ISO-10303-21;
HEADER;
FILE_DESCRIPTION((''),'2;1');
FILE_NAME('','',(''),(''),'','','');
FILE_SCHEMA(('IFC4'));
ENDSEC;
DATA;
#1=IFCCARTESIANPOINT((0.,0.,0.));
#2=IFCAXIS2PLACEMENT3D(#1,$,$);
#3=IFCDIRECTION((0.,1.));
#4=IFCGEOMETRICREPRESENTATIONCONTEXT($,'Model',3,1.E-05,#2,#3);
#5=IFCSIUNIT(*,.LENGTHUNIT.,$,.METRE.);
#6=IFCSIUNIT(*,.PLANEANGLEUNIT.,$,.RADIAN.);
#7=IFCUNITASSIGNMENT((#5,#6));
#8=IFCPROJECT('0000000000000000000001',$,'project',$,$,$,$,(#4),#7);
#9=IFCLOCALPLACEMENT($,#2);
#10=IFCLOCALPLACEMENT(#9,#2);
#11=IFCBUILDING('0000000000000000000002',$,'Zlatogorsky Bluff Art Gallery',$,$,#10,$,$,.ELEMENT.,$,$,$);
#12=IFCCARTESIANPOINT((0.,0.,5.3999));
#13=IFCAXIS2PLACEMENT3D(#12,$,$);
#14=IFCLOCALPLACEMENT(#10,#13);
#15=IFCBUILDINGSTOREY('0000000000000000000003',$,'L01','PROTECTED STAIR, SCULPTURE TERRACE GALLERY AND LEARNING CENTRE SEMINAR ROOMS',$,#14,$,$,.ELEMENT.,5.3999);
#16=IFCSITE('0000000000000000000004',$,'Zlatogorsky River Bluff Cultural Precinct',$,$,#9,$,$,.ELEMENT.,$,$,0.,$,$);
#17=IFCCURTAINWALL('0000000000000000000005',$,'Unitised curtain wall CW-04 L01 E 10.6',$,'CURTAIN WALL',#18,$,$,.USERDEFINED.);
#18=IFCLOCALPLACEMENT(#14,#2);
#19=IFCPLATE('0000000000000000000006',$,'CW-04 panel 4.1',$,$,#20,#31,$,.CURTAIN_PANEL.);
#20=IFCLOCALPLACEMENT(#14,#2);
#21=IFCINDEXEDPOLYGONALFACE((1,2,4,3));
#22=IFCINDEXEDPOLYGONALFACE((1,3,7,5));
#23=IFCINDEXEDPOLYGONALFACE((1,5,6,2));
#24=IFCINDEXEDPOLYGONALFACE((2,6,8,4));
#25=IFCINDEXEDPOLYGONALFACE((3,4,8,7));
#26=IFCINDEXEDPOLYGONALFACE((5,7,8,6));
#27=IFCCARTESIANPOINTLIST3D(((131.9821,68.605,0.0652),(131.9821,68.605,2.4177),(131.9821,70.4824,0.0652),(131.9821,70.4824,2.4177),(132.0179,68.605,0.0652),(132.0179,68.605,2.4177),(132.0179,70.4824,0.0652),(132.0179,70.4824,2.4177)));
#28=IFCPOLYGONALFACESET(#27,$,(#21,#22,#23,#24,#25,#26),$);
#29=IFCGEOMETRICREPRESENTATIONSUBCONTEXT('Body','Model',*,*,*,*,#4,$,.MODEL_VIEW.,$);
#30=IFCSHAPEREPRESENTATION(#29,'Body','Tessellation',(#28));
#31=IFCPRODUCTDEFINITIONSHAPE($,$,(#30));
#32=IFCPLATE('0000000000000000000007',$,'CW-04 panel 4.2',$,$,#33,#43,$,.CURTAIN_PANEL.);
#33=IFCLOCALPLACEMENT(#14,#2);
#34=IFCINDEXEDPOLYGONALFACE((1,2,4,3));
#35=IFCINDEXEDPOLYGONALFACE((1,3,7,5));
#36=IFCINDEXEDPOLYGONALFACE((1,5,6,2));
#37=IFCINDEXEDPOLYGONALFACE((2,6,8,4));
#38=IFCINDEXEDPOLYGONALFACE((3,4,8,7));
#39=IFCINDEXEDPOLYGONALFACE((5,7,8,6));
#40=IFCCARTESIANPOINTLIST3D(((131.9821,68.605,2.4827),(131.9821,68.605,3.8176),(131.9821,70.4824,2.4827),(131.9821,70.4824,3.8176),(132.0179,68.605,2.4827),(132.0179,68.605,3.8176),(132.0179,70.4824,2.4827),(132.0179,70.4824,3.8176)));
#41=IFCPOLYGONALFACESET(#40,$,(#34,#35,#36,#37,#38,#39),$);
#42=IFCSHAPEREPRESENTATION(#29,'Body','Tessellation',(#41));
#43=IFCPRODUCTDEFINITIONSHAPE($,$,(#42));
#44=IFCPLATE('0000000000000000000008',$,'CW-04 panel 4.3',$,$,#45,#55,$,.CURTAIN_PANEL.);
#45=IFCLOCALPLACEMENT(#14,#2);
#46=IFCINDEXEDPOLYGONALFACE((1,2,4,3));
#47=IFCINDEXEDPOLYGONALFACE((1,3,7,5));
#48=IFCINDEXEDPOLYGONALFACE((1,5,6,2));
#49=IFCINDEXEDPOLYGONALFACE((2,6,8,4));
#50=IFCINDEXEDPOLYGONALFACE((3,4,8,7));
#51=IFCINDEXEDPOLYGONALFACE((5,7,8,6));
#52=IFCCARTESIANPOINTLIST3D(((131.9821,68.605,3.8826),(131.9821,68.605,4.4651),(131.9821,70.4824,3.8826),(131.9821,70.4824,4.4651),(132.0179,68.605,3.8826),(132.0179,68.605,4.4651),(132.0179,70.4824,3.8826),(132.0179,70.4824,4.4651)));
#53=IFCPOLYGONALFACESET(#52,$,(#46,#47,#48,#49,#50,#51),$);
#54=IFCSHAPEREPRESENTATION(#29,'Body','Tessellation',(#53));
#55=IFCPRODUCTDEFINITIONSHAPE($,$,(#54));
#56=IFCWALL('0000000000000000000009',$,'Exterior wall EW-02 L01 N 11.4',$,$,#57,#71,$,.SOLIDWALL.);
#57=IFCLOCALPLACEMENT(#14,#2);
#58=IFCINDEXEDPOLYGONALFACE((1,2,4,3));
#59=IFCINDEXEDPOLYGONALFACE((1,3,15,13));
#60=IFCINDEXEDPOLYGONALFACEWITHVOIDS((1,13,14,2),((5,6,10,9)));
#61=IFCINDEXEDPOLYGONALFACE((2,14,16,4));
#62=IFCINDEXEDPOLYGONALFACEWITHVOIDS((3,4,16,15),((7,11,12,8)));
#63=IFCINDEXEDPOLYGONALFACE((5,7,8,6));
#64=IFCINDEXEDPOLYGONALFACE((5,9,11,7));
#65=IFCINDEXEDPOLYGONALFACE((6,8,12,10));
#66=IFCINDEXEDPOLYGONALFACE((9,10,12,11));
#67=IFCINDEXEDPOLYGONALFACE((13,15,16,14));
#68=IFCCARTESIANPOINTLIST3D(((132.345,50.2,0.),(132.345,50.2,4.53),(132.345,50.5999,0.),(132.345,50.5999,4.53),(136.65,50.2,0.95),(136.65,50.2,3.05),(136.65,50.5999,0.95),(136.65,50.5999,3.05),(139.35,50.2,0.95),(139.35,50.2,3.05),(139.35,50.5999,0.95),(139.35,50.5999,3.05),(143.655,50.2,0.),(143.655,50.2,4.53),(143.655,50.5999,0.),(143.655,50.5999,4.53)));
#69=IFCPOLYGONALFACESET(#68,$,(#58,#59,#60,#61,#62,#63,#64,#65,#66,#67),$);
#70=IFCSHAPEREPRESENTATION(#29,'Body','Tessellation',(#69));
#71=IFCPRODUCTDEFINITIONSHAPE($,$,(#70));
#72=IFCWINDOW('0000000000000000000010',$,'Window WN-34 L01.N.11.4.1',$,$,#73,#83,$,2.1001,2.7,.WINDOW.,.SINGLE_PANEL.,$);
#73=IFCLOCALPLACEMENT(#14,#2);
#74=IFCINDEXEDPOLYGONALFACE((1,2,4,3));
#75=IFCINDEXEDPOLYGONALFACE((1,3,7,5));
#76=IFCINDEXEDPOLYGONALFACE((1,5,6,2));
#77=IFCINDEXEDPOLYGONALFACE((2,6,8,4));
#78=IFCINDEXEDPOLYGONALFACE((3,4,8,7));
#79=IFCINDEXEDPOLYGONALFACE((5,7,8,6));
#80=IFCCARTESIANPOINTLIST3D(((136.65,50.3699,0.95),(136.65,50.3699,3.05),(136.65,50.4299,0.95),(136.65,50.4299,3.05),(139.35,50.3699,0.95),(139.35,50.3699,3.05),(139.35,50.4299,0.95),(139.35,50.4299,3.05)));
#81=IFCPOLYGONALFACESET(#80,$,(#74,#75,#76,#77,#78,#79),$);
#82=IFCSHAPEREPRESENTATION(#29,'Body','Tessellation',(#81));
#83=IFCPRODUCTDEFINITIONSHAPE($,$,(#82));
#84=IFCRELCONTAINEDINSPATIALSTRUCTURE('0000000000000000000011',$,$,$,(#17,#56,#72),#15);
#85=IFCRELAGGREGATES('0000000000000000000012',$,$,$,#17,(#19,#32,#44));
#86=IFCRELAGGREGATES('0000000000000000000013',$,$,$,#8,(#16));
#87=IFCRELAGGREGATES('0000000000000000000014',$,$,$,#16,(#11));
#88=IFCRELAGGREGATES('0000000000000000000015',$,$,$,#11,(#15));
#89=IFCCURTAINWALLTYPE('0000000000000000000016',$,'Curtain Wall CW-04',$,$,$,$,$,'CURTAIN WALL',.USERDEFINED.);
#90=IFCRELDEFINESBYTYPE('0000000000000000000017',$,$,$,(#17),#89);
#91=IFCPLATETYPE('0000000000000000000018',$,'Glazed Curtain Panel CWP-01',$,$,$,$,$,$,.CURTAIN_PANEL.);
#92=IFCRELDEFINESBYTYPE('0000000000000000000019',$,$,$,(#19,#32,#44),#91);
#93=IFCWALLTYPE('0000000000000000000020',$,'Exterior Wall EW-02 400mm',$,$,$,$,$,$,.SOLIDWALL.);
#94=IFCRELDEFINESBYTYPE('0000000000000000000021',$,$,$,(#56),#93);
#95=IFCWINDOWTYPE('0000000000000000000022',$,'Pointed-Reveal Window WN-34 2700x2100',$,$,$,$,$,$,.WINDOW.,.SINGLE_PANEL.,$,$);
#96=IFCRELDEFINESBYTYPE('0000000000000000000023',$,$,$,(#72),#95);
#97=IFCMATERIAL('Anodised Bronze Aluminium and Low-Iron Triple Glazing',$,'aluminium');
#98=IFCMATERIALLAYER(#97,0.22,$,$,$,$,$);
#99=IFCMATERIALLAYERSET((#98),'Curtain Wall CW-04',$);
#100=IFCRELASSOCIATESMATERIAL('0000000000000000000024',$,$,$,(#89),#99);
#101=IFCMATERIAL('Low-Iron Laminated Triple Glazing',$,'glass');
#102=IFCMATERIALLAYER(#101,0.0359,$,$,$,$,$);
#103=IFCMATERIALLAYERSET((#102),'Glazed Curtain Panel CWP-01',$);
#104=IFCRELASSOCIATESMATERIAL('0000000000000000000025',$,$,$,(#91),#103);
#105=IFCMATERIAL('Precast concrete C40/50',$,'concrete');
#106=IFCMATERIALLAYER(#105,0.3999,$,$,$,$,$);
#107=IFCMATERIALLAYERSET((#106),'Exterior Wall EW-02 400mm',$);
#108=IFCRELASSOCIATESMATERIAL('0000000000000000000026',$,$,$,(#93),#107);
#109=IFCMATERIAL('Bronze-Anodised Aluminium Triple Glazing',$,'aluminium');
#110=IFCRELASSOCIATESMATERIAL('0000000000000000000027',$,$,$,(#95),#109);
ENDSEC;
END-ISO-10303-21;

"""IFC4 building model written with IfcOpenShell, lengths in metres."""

from ifc_helpers import new_model, si_unit, direction, frame, frame_2d, origin, origin_2d, place, context, subcontext, project, spatial, rectangle, extrude, material, layer, layer_set, type_object, element, fill, aggregate, save


model = new_model("IFC4")

# Units and contexts
model_context = context("Model", 3, precision=1e-05, world=origin(), true_north=direction((0.0, 1.0)))
body_context = subcontext(model_context, "Body", "Model", "MODEL_VIEW")
ifc_project = project(units=[si_unit("LENGTHUNIT", "METRE"), si_unit("PLANEANGLEUNIT", "RADIAN")], contexts=[model_context])

# Site, building, storey
site_placement = place(None, origin())
site = spatial("IfcSite", under=ifc_project, at=site_placement, Name="Zlatogorsky River Bluff Cultural Precinct", CompositionType="ELEMENT", RefElevation=0.0)
building_placement = place(site_placement, origin())
building = spatial("IfcBuilding", under=site, at=building_placement, Name="Zlatogorsky Bluff Art Gallery", CompositionType="ELEMENT")
storey_placement = place(building_placement, frame((0.0, 0.0, 5.3999)))
storey = spatial("IfcBuildingStorey", under=building, at=storey_placement, Name="L01", Description="PROTECTED STAIR, SCULPTURE TERRACE GALLERY AND LEARNING CENTRE SEMINAR ROOMS", CompositionType="ELEMENT", Elevation=5.3999)

# Curtain wall, plates
ifc_material_1 = material(Name="Anodised Bronze Aluminium and Low-Iron Triple Glazing", Category="aluminium")
ifc_layer_1 = layer(ifc_material_1, 0.22)
ifc_layer_set_1 = layer_set([ifc_layer_1], Name="Curtain Wall CW-04")
curtain_wall_type = type_object("IfcCurtainWallType", Name="Curtain Wall CW-04", ElementType="CURTAIN WALL", PredefinedType="USERDEFINED", material=ifc_layer_set_1)
curtain_wall_placement = place(storey_placement, origin())
curtain_wall = element("IfcCurtainWall", 1, at=curtain_wall_placement, inside=storey, type_object=curtain_wall_type, Name="Unitised curtain wall CW-04 L01 E 10.6", ObjectType="CURTAIN WALL", PredefinedType="USERDEFINED")
ifc_material_2 = material(Name="Low-Iron Laminated Triple Glazing", Category="glass")
ifc_layer_2 = layer(ifc_material_2, 0.0359)
ifc_layer_set_2 = layer_set([ifc_layer_2], Name="Glazed Curtain Panel CWP-01")
plate_type = type_object("IfcPlateType", Name="Glazed Curtain Panel CWP-01", PredefinedType="CURTAIN_PANEL", material=ifc_layer_set_2)
plate_1_placement = place(storey_placement, frame((132.0, 69.5437, 0.0652), z_axis=(0.0, 0.0, 1.0), x_axis=(0.0, 1.0, 0.0)))
plate_1 = element("IfcPlate", 2, at=plate_1_placement, type_object=plate_type, Name="CW-04 panel 4.1", PredefinedType="CURTAIN_PANEL", context=body_context, shape_type="SweptSolid", body=[
    extrude(rectangle(XDim=1.8774, YDim=0.0359, at=origin_2d()), origin(), (0.0, 0.0, 1.0), 2.3525),
])
plate_2_placement = place(storey_placement, frame((132.0, 69.5437, 2.4827), z_axis=(0.0, 0.0, 1.0), x_axis=(0.0, 1.0, 0.0)))
plate_2 = element("IfcPlate", 3, at=plate_2_placement, type_object=plate_type, Name="CW-04 panel 4.2", PredefinedType="CURTAIN_PANEL", context=body_context, shape_type="SweptSolid", body=[
    extrude(rectangle(XDim=1.8774, YDim=0.0359, at=origin_2d()), origin(), (0.0, 0.0, 1.0), 1.335),
])
plate_3_placement = place(storey_placement, frame((132.0, 69.5437, 3.8826), z_axis=(0.0, 0.0, 1.0), x_axis=(0.0, 1.0, 0.0)))
plate_3 = element("IfcPlate", 4, at=plate_3_placement, type_object=plate_type, Name="CW-04 panel 4.3", PredefinedType="CURTAIN_PANEL", context=body_context, shape_type="SweptSolid", body=[
    extrude(rectangle(XDim=1.8774, YDim=0.0359, at=origin_2d()), origin(), (0.0, 0.0, 1.0), 0.5825),
])
aggregate(curtain_wall, [plate_1, plate_2, plate_3])

# Wall, opening, window
ifc_material_3 = material(Name="Precast concrete C40/50", Category="concrete")
ifc_layer_3 = layer(ifc_material_3, 0.3999)
ifc_layer_set_3 = layer_set([ifc_layer_3], Name="Exterior Wall EW-02 400mm")
wall_type = type_object("IfcWallType", Name="Exterior Wall EW-02 400mm", PredefinedType="SOLIDWALL", material=ifc_layer_set_3)
wall_placement = place(storey_placement, frame((143.655, 50.3999, 0.0), z_axis=(0.0, 0.0, 1.0), x_axis=(-1.0, 0.0, 0.0)))
wall = element("IfcWall", 5, at=wall_placement, inside=storey, type_object=wall_type, Name="Exterior wall EW-02 L01 N 11.4", PredefinedType="SOLIDWALL", context=body_context, shape_type="SweptSolid", body=[
    extrude(rectangle(XDim=11.3101, YDim=0.3999, at=frame_2d((5.655, 0.0))), origin(), (0.0, 0.0, 1.0), 4.53),
])
opening_placement = place(wall_placement, frame((4.3049, 0.0, 0.95)))
opening = element("IfcOpeningElement", 6, at=opening_placement, cuts=wall, PredefinedType="OPENING", context=body_context, shape_type="SweptSolid", body=[
    extrude(rectangle(XDim=2.7, YDim=2.1001, at=frame_2d((1.3501, 1.05))), frame((0.0, 0.21, 0.0), z_axis=(0.0, -1.0, 0.0), x_axis=(1.0, 0.0, 0.0)), (0.0, 0.0, 1.0), 0.4199),
])
ifc_material_4 = material(Name="Bronze-Anodised Aluminium Triple Glazing", Category="aluminium")
window_type = type_object("IfcWindowType", Name="Pointed-Reveal Window WN-34 2700x2100", PartitioningType="SINGLE_PANEL", PredefinedType="WINDOW", material=ifc_material_4)
window_placement = place(opening_placement, origin())
window = element("IfcWindow", 7, at=window_placement, inside=storey, type_object=window_type, Name="Window WN-34 L01.N.11.4.1", OverallHeight=2.1001, OverallWidth=2.7, PartitioningType="SINGLE_PANEL", PredefinedType="WINDOW", context=body_context, shape_type="SweptSolid", body=[
    extrude(rectangle(XDim=2.7, YDim=2.1001, at=frame_2d((1.3501, 1.05))), frame((0.0, 0.03, 0.0), z_axis=(0.0, -1.0, 0.0), x_axis=(1.0, 0.0, 0.0)), (0.0, 0.0, 1.0), 0.0601),
])
fill(opening, window)

save(model, "model.ifc")
